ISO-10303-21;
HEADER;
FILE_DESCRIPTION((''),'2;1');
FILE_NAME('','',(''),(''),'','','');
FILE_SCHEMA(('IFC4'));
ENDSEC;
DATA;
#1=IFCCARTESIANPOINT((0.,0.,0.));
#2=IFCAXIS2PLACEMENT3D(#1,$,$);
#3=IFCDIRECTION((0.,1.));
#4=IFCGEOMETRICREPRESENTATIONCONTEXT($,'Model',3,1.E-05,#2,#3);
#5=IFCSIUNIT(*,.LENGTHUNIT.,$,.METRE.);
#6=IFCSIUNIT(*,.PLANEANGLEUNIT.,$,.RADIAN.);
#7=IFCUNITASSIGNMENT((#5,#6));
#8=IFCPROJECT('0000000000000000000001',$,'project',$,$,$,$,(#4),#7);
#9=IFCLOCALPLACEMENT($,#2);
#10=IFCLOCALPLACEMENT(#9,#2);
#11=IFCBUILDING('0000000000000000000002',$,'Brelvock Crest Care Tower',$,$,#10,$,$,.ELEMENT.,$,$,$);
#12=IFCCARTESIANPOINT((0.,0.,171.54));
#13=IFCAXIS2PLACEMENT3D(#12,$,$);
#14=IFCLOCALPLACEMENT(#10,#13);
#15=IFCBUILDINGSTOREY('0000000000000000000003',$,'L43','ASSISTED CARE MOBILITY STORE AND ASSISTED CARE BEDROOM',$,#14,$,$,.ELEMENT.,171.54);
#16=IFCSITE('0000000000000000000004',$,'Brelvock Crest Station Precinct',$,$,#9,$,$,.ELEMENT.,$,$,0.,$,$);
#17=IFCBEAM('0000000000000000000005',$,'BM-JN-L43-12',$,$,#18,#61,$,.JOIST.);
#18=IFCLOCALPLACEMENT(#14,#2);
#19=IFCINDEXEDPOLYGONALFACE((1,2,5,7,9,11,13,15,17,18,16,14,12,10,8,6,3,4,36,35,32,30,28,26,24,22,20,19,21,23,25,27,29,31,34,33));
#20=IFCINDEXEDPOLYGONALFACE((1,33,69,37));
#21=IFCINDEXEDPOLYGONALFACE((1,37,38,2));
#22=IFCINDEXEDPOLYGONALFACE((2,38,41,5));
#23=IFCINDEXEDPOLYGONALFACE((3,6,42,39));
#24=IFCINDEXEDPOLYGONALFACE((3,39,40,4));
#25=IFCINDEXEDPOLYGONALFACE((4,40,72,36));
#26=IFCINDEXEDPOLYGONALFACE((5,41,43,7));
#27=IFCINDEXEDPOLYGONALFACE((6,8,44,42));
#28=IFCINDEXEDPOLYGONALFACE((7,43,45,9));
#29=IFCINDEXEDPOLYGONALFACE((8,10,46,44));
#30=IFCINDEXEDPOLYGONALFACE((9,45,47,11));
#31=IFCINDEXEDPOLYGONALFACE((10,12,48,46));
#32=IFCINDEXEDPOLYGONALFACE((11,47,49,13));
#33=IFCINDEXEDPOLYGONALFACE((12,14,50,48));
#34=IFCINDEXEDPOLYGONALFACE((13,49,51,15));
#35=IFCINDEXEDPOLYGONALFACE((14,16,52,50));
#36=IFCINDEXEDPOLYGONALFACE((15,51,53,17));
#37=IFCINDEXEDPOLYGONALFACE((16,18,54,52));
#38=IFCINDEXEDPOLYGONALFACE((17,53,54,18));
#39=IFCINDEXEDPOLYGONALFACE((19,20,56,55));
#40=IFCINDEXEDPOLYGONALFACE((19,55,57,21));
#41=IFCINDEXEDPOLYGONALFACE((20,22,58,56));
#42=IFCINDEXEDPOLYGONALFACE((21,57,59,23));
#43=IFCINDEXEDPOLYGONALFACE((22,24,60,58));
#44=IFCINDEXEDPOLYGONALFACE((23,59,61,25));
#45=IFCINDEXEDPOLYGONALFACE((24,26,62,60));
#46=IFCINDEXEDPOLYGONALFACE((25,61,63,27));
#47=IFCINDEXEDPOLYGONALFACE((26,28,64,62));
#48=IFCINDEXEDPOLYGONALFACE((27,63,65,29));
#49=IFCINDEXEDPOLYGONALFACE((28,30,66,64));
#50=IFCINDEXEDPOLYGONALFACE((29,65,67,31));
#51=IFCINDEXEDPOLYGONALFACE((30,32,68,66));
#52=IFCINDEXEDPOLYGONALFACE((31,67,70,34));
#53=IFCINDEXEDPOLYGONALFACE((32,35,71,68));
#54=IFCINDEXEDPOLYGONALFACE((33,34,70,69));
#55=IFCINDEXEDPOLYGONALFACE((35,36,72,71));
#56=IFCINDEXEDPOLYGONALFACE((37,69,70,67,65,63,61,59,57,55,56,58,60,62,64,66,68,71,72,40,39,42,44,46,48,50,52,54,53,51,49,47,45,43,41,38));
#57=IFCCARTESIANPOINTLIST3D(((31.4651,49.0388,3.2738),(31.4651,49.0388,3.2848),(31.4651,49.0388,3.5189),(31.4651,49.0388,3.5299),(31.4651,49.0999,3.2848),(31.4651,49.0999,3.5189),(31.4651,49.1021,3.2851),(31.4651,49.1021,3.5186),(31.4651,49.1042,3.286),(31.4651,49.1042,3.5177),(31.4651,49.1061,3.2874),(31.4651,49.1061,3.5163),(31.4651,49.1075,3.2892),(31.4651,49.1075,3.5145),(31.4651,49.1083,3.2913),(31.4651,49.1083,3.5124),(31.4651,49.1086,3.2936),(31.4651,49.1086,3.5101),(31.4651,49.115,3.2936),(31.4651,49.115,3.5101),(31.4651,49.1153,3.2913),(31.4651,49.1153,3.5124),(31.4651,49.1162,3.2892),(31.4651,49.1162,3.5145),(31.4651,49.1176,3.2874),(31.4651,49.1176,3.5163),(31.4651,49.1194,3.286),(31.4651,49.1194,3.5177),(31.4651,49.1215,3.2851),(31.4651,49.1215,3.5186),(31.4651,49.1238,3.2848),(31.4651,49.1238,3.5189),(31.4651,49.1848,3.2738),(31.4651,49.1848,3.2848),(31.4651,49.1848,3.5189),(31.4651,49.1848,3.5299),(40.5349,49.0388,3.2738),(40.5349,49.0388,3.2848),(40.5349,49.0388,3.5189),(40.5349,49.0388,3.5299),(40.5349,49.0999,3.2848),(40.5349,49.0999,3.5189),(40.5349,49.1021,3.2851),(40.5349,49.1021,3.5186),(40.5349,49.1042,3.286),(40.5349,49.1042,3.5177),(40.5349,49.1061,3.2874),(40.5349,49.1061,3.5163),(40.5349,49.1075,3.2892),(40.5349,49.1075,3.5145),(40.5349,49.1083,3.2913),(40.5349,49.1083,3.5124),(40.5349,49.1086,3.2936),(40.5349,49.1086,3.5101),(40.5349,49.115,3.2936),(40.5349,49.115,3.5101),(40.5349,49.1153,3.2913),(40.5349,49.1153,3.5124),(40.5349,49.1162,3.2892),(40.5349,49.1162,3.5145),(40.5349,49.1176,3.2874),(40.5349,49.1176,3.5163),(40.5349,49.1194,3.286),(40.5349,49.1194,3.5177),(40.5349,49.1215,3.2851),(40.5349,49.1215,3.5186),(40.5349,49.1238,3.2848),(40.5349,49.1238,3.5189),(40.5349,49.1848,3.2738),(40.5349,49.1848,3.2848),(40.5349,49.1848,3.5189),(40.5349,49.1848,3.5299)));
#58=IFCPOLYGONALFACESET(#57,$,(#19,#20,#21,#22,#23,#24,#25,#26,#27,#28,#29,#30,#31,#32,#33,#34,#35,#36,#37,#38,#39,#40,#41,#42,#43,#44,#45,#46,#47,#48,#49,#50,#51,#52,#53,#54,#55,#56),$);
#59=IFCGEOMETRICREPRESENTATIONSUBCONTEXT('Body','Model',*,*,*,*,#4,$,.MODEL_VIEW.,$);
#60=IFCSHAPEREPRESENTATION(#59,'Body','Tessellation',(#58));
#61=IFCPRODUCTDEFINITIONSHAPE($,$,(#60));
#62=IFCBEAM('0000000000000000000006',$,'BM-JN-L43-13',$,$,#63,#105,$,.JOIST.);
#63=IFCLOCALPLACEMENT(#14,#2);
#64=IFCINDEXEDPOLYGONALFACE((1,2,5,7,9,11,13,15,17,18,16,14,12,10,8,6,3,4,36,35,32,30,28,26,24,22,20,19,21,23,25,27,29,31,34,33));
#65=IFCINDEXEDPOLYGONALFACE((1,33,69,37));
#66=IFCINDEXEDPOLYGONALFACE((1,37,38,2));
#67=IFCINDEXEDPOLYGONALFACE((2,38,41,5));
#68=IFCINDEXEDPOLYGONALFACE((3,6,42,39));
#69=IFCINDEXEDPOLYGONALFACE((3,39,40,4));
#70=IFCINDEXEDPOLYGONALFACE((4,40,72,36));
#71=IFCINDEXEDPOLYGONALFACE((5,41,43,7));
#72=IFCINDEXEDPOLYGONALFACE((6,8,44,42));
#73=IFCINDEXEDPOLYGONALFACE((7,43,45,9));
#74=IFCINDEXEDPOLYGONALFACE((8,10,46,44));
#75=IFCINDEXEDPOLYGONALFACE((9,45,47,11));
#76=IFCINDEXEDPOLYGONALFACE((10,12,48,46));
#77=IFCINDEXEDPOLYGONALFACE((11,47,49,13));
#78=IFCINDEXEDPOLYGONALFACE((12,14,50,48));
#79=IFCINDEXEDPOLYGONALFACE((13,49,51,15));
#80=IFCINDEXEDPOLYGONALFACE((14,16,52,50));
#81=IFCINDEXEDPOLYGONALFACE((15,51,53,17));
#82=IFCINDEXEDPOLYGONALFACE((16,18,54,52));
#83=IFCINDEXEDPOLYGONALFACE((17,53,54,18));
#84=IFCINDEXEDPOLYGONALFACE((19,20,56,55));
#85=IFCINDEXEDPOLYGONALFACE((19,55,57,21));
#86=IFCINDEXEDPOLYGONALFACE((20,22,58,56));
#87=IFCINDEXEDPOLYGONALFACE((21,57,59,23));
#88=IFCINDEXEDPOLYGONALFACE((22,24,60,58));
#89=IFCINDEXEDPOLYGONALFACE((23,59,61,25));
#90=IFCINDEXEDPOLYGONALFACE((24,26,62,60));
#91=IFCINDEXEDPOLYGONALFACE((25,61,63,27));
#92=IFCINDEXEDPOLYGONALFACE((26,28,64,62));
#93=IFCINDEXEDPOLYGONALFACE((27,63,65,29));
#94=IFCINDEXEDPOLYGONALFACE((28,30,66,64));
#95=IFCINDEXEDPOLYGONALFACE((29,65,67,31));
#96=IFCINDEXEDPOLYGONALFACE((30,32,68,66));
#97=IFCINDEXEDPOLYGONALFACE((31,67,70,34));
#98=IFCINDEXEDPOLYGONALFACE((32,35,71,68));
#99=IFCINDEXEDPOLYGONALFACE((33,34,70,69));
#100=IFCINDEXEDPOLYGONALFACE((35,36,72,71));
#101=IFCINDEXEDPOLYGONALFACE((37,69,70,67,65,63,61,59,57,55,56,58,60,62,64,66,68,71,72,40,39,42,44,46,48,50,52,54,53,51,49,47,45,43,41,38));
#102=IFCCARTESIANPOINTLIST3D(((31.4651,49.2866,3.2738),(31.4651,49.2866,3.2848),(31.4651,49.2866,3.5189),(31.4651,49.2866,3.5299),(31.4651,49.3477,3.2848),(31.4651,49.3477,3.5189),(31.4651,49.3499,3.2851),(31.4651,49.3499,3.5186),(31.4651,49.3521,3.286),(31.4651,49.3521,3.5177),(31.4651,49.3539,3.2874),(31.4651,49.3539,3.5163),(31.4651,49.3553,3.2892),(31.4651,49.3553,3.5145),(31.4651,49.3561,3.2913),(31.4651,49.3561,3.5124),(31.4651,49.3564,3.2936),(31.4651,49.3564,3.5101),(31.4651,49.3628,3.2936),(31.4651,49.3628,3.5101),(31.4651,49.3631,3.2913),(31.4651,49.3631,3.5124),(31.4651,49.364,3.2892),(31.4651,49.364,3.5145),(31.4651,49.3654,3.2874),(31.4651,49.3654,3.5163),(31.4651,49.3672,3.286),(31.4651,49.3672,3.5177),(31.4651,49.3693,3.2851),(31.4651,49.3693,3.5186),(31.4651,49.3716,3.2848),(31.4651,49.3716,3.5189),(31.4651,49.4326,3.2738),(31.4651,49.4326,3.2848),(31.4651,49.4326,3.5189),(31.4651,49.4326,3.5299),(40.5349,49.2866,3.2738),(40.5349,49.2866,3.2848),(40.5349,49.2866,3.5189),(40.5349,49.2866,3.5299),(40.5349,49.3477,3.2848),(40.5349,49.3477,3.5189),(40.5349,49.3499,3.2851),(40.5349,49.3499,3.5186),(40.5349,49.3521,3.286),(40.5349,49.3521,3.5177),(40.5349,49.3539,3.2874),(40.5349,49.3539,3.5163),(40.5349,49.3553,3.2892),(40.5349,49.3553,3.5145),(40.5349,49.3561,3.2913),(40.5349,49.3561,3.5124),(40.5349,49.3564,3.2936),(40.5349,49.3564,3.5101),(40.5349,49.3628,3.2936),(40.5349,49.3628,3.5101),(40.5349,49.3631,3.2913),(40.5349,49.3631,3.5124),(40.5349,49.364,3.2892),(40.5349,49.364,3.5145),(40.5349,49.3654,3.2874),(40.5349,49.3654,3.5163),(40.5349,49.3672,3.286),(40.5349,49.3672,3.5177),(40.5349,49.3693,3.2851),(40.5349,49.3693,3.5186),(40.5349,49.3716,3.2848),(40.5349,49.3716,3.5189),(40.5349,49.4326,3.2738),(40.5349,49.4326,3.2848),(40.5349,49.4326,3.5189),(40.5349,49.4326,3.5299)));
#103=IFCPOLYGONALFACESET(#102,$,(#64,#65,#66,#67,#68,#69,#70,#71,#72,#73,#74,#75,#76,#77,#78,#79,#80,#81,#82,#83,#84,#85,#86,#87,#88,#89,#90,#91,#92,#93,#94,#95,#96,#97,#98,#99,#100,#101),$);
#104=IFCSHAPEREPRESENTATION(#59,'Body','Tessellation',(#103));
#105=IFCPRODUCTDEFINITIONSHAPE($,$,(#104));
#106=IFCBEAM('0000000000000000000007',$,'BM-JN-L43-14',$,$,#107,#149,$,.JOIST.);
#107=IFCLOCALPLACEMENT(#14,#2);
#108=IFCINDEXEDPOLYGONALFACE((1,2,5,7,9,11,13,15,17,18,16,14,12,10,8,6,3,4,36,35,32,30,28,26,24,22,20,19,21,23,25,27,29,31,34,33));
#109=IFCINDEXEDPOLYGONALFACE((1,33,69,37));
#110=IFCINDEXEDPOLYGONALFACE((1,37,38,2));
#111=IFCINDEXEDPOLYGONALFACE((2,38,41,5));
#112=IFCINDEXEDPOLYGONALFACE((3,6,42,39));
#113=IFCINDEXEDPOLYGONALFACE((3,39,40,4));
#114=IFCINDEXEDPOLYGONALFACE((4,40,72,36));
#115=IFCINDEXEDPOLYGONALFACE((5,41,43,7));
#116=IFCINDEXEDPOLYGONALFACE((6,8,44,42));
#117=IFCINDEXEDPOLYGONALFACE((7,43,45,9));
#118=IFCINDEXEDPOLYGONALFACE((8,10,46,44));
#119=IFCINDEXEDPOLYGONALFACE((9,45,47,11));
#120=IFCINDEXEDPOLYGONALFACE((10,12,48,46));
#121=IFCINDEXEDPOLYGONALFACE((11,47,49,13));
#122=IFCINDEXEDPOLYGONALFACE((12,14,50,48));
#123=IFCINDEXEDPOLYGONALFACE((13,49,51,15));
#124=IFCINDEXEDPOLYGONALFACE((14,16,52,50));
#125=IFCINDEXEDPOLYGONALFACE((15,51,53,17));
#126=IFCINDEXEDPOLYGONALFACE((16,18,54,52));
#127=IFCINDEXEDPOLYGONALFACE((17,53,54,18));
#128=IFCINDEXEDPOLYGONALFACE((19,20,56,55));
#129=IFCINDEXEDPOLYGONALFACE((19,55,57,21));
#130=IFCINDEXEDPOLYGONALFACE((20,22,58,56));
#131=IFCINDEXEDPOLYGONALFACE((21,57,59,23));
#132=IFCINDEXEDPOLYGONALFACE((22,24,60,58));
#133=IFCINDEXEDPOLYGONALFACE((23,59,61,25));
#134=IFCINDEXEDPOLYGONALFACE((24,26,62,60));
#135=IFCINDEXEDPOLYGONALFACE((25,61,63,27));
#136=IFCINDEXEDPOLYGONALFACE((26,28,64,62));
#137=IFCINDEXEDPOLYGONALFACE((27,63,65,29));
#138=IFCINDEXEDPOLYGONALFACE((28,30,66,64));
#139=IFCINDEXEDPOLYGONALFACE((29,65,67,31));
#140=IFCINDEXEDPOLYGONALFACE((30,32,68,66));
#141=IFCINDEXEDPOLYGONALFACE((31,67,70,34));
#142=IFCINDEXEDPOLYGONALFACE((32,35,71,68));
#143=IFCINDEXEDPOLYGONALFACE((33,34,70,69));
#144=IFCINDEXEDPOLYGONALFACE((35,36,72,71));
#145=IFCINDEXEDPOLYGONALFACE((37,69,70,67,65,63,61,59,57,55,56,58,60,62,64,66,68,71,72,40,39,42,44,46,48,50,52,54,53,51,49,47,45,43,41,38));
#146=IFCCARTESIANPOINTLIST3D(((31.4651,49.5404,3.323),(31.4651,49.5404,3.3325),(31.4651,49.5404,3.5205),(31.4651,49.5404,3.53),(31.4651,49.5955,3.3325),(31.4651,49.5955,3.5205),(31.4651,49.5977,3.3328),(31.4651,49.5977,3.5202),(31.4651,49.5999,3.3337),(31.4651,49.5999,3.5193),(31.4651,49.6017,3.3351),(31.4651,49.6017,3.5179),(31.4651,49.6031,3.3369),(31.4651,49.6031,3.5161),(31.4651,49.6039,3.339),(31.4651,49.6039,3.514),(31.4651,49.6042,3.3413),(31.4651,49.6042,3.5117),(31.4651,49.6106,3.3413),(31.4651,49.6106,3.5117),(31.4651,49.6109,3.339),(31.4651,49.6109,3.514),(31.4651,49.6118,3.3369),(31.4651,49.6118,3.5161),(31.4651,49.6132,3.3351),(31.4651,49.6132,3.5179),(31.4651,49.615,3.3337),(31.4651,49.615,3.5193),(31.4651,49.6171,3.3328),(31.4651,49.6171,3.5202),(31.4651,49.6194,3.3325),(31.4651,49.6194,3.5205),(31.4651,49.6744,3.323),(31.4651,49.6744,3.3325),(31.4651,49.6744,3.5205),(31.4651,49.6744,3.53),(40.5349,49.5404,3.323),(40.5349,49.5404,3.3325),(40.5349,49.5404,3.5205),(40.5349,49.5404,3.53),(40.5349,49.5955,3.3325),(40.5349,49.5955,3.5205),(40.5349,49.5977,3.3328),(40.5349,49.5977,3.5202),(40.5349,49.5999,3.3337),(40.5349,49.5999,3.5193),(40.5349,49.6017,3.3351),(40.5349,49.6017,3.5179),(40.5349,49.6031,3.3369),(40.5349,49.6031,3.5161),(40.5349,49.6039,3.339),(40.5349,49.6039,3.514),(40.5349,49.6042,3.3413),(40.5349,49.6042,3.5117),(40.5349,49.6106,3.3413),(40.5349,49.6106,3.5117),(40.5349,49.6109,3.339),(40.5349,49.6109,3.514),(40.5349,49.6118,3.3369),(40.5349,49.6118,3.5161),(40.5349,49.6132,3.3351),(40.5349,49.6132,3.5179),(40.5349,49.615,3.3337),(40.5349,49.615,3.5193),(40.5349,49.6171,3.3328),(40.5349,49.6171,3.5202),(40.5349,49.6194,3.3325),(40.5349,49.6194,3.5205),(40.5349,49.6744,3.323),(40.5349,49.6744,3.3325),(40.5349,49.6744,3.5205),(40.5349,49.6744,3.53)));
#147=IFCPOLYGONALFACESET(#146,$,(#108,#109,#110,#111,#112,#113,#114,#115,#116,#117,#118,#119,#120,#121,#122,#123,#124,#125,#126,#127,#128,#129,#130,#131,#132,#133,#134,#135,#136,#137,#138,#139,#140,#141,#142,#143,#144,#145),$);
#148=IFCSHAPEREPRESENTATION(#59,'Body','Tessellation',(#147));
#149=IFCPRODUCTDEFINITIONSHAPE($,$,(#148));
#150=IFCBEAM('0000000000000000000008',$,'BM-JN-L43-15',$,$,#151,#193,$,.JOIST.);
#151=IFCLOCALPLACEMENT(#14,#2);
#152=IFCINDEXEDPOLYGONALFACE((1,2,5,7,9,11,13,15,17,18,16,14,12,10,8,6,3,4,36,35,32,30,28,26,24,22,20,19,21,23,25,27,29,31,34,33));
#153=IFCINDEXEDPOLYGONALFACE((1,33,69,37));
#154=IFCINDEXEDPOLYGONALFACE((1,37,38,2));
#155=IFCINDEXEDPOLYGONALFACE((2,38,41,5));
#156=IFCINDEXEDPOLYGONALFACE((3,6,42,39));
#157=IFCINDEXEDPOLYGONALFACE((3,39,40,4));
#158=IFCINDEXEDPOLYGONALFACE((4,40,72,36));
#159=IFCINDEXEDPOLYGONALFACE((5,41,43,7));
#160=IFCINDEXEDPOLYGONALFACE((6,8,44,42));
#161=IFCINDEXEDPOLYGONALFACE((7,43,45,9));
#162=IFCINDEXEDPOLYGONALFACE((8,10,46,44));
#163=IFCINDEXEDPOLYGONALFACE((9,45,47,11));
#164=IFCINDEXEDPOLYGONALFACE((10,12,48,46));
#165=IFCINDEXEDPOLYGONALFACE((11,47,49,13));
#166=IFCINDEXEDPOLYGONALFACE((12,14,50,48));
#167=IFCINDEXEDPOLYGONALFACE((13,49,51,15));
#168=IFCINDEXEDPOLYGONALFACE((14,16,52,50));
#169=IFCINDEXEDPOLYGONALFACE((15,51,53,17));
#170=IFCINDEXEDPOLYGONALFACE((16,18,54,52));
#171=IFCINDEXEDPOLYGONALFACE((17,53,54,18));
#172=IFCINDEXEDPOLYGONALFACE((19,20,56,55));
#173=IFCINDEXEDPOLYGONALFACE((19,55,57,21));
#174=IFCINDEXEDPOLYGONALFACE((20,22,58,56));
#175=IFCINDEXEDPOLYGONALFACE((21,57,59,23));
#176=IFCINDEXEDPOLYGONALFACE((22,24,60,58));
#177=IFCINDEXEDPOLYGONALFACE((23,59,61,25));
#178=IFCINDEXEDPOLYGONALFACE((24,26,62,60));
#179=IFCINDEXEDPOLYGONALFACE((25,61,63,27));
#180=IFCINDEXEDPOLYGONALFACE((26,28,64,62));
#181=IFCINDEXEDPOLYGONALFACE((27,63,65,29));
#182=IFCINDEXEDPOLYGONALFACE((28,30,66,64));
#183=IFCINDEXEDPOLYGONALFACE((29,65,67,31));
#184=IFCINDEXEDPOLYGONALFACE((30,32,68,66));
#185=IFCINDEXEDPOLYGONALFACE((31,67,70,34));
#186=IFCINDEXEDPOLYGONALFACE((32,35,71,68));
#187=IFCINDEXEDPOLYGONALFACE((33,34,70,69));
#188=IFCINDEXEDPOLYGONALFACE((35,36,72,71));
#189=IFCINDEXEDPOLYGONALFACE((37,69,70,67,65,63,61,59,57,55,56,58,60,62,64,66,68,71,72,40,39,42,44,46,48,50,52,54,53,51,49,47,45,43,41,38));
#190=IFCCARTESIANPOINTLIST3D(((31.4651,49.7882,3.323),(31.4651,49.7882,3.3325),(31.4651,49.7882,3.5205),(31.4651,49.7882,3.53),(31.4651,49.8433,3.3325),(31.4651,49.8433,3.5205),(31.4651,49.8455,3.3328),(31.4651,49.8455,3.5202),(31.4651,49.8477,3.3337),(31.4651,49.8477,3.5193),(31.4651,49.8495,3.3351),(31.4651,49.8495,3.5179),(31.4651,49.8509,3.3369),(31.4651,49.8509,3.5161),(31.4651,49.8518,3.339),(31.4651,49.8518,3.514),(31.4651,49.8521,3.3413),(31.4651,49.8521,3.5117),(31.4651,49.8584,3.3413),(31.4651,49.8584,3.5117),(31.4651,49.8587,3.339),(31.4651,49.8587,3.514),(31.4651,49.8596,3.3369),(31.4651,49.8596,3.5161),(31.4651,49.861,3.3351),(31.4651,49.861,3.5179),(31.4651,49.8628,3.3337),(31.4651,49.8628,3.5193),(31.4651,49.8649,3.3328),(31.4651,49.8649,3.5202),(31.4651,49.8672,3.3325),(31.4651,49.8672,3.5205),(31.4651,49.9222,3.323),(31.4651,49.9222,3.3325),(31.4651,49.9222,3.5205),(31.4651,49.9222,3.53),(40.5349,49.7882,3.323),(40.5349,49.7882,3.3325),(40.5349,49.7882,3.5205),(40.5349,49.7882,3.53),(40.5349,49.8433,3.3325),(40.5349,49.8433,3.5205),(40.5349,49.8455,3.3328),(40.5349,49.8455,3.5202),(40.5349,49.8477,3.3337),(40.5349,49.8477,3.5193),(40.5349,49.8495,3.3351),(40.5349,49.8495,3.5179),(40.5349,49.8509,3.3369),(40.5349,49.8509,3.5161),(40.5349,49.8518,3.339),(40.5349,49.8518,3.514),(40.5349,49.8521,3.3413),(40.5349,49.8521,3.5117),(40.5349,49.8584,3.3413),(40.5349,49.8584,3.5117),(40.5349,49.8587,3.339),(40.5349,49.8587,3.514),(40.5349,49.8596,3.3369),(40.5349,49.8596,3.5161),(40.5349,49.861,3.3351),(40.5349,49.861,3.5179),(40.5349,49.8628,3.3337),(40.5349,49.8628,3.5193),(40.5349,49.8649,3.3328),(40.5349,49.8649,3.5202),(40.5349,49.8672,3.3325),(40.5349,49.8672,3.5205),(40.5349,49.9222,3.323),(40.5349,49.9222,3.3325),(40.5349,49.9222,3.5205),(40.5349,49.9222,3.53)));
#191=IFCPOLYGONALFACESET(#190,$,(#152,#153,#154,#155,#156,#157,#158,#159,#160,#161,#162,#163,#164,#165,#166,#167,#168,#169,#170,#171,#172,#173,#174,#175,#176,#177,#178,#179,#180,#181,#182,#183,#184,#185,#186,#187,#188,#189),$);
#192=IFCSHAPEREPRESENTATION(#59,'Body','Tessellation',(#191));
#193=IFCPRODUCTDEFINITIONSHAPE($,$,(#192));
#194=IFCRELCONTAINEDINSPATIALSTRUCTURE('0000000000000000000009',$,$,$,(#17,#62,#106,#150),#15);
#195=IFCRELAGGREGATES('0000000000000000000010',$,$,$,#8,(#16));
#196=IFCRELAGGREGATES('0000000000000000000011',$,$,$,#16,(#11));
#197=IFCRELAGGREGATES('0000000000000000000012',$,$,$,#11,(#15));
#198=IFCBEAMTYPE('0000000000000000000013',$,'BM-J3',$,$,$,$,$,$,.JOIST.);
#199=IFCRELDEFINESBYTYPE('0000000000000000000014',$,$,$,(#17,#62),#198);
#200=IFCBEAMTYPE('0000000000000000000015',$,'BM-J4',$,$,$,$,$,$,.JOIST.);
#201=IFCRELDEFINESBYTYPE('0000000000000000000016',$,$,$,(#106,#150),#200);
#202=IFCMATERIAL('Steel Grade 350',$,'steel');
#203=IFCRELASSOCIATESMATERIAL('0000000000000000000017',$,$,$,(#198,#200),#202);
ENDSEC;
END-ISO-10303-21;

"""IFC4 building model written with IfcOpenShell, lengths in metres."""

from ifc_helpers import new_model, si_unit, direction, frame, origin, origin_2d, place, context, subcontext, project, spatial, i_section, extrude, source, transform, mapped, material, material_profile, profile_set, type_object, element, save


model = new_model("IFC4")

# Units and contexts
model_context = context("Model", 3, precision=1e-05, world=origin(), true_north=direction((0.0, 1.0)))
body_context = subcontext(model_context, "Body", "Model", "MODEL_VIEW")
ifc_project = project(units=[si_unit("LENGTHUNIT", "METRE"), si_unit("PLANEANGLEUNIT", "RADIAN")], contexts=[model_context])

# Site, building, storey
site_placement = place(None, origin())
site = spatial("IfcSite", under=ifc_project, at=site_placement, Name="Brelvock Crest Station Precinct", CompositionType="ELEMENT", RefElevation=0.0)
building_placement = place(site_placement, origin())
building = spatial("IfcBuilding", under=site, at=building_placement, Name="Brelvock Crest Care Tower", CompositionType="ELEMENT")
storey_placement = place(building_placement, frame((0.0, 0.0, 171.54)))
storey = spatial("IfcBuildingStorey", under=building, at=storey_placement, Name="L43", Description="ASSISTED CARE MOBILITY STORE AND ASSISTED CARE BEDROOM", CompositionType="ELEMENT", Elevation=171.54)

# Shared definitions
ifc_material_1 = material(Name="Steel Grade 350", Category="steel")

# Beams
ifc_material_profile_1 = material_profile(ifc_material_1, i_section(OverallWidth=0.146, OverallDepth=0.2561, WebThickness=0.0063, FlangeThickness=0.011, FilletRadius=0.0088, at=origin_2d()), Name="250UB37.3")
ifc_profile_set_1 = profile_set([ifc_material_profile_1], Name="Steel Grade 350")
beam_type_1 = type_object("IfcBeamType", Name="BM-J3", PredefinedType="JOIST", material=ifc_profile_set_1)
shared_shape_1 = source(origin(), body_context, "Body", "SweptSolid", [
    extrude(i_section(OverallWidth=0.146, OverallDepth=0.2561, WebThickness=0.0063, FlangeThickness=0.011, FilletRadius=0.0088, at=origin_2d()), origin(), (0.0, 0.0, 1.0), 9.0698),
])
for number, where, z_axis, x_axis, name in (
    (1, (31.4651, 49.1118, 3.4019), (1.0, 0.0, 0.0), (0.0, 1.0, 0.0), "BM-JN-L43-12"),
    (2, (31.4651, 49.3596, 3.4019), (1.0, 0.0, 0.0), (0.0, 1.0, 0.0), "BM-JN-L43-13"),
):
    element("IfcBeam", number, at=place(storey_placement, frame(where, z_axis=z_axis, x_axis=x_axis)), inside=storey, type_object=beam_type_1, Name=name, PredefinedType="JOIST", context=body_context, shape_type="MappedRepresentation", body=[
        mapped(shared_shape_1, transform((0.0, 0.0, 0.0), x_axis=(1.0, 0.0, 0.0), y_axis=(0.0, 1.0, 0.0), z_axis=(0.0, 0.0, 1.0), scale=1.0)),
    ])
ifc_material_profile_2 = material_profile(ifc_material_1, i_section(OverallWidth=0.134, OverallDepth=0.207, WebThickness=0.0063, FlangeThickness=0.0095, FilletRadius=0.0088, at=origin_2d()), Name="200UB29.8")
ifc_profile_set_2 = profile_set([ifc_material_profile_2], Name="Steel Grade 350")
beam_type_2 = type_object("IfcBeamType", Name="BM-J4", PredefinedType="JOIST", material=ifc_profile_set_2)
shared_shape_2 = source(origin(), body_context, "Body", "SweptSolid", [
    extrude(i_section(OverallWidth=0.134, OverallDepth=0.207, WebThickness=0.0063, FlangeThickness=0.0095, FilletRadius=0.0088, at=origin_2d()), origin(), (0.0, 0.0, 1.0), 9.0698),
])
for number, where, z_axis, x_axis, name in (
    (3, (31.4651, 49.6074, 3.4265), (1.0, 0.0, 0.0), (0.0, 1.0, 0.0), "BM-JN-L43-14"),
    (4, (31.4651, 49.8552, 3.4265), (1.0, 0.0, 0.0), (0.0, 1.0, 0.0), "BM-JN-L43-15"),
):
    element("IfcBeam", number, at=place(storey_placement, frame(where, z_axis=z_axis, x_axis=x_axis)), inside=storey, type_object=beam_type_2, Name=name, PredefinedType="JOIST", context=body_context, shape_type="MappedRepresentation", body=[
        mapped(shared_shape_2, transform((0.0, 0.0, 0.0), x_axis=(1.0, 0.0, 0.0), y_axis=(0.0, 1.0, 0.0), z_axis=(0.0, 0.0, 1.0), scale=1.0)),
    ])

save(model, "model.ifc")
